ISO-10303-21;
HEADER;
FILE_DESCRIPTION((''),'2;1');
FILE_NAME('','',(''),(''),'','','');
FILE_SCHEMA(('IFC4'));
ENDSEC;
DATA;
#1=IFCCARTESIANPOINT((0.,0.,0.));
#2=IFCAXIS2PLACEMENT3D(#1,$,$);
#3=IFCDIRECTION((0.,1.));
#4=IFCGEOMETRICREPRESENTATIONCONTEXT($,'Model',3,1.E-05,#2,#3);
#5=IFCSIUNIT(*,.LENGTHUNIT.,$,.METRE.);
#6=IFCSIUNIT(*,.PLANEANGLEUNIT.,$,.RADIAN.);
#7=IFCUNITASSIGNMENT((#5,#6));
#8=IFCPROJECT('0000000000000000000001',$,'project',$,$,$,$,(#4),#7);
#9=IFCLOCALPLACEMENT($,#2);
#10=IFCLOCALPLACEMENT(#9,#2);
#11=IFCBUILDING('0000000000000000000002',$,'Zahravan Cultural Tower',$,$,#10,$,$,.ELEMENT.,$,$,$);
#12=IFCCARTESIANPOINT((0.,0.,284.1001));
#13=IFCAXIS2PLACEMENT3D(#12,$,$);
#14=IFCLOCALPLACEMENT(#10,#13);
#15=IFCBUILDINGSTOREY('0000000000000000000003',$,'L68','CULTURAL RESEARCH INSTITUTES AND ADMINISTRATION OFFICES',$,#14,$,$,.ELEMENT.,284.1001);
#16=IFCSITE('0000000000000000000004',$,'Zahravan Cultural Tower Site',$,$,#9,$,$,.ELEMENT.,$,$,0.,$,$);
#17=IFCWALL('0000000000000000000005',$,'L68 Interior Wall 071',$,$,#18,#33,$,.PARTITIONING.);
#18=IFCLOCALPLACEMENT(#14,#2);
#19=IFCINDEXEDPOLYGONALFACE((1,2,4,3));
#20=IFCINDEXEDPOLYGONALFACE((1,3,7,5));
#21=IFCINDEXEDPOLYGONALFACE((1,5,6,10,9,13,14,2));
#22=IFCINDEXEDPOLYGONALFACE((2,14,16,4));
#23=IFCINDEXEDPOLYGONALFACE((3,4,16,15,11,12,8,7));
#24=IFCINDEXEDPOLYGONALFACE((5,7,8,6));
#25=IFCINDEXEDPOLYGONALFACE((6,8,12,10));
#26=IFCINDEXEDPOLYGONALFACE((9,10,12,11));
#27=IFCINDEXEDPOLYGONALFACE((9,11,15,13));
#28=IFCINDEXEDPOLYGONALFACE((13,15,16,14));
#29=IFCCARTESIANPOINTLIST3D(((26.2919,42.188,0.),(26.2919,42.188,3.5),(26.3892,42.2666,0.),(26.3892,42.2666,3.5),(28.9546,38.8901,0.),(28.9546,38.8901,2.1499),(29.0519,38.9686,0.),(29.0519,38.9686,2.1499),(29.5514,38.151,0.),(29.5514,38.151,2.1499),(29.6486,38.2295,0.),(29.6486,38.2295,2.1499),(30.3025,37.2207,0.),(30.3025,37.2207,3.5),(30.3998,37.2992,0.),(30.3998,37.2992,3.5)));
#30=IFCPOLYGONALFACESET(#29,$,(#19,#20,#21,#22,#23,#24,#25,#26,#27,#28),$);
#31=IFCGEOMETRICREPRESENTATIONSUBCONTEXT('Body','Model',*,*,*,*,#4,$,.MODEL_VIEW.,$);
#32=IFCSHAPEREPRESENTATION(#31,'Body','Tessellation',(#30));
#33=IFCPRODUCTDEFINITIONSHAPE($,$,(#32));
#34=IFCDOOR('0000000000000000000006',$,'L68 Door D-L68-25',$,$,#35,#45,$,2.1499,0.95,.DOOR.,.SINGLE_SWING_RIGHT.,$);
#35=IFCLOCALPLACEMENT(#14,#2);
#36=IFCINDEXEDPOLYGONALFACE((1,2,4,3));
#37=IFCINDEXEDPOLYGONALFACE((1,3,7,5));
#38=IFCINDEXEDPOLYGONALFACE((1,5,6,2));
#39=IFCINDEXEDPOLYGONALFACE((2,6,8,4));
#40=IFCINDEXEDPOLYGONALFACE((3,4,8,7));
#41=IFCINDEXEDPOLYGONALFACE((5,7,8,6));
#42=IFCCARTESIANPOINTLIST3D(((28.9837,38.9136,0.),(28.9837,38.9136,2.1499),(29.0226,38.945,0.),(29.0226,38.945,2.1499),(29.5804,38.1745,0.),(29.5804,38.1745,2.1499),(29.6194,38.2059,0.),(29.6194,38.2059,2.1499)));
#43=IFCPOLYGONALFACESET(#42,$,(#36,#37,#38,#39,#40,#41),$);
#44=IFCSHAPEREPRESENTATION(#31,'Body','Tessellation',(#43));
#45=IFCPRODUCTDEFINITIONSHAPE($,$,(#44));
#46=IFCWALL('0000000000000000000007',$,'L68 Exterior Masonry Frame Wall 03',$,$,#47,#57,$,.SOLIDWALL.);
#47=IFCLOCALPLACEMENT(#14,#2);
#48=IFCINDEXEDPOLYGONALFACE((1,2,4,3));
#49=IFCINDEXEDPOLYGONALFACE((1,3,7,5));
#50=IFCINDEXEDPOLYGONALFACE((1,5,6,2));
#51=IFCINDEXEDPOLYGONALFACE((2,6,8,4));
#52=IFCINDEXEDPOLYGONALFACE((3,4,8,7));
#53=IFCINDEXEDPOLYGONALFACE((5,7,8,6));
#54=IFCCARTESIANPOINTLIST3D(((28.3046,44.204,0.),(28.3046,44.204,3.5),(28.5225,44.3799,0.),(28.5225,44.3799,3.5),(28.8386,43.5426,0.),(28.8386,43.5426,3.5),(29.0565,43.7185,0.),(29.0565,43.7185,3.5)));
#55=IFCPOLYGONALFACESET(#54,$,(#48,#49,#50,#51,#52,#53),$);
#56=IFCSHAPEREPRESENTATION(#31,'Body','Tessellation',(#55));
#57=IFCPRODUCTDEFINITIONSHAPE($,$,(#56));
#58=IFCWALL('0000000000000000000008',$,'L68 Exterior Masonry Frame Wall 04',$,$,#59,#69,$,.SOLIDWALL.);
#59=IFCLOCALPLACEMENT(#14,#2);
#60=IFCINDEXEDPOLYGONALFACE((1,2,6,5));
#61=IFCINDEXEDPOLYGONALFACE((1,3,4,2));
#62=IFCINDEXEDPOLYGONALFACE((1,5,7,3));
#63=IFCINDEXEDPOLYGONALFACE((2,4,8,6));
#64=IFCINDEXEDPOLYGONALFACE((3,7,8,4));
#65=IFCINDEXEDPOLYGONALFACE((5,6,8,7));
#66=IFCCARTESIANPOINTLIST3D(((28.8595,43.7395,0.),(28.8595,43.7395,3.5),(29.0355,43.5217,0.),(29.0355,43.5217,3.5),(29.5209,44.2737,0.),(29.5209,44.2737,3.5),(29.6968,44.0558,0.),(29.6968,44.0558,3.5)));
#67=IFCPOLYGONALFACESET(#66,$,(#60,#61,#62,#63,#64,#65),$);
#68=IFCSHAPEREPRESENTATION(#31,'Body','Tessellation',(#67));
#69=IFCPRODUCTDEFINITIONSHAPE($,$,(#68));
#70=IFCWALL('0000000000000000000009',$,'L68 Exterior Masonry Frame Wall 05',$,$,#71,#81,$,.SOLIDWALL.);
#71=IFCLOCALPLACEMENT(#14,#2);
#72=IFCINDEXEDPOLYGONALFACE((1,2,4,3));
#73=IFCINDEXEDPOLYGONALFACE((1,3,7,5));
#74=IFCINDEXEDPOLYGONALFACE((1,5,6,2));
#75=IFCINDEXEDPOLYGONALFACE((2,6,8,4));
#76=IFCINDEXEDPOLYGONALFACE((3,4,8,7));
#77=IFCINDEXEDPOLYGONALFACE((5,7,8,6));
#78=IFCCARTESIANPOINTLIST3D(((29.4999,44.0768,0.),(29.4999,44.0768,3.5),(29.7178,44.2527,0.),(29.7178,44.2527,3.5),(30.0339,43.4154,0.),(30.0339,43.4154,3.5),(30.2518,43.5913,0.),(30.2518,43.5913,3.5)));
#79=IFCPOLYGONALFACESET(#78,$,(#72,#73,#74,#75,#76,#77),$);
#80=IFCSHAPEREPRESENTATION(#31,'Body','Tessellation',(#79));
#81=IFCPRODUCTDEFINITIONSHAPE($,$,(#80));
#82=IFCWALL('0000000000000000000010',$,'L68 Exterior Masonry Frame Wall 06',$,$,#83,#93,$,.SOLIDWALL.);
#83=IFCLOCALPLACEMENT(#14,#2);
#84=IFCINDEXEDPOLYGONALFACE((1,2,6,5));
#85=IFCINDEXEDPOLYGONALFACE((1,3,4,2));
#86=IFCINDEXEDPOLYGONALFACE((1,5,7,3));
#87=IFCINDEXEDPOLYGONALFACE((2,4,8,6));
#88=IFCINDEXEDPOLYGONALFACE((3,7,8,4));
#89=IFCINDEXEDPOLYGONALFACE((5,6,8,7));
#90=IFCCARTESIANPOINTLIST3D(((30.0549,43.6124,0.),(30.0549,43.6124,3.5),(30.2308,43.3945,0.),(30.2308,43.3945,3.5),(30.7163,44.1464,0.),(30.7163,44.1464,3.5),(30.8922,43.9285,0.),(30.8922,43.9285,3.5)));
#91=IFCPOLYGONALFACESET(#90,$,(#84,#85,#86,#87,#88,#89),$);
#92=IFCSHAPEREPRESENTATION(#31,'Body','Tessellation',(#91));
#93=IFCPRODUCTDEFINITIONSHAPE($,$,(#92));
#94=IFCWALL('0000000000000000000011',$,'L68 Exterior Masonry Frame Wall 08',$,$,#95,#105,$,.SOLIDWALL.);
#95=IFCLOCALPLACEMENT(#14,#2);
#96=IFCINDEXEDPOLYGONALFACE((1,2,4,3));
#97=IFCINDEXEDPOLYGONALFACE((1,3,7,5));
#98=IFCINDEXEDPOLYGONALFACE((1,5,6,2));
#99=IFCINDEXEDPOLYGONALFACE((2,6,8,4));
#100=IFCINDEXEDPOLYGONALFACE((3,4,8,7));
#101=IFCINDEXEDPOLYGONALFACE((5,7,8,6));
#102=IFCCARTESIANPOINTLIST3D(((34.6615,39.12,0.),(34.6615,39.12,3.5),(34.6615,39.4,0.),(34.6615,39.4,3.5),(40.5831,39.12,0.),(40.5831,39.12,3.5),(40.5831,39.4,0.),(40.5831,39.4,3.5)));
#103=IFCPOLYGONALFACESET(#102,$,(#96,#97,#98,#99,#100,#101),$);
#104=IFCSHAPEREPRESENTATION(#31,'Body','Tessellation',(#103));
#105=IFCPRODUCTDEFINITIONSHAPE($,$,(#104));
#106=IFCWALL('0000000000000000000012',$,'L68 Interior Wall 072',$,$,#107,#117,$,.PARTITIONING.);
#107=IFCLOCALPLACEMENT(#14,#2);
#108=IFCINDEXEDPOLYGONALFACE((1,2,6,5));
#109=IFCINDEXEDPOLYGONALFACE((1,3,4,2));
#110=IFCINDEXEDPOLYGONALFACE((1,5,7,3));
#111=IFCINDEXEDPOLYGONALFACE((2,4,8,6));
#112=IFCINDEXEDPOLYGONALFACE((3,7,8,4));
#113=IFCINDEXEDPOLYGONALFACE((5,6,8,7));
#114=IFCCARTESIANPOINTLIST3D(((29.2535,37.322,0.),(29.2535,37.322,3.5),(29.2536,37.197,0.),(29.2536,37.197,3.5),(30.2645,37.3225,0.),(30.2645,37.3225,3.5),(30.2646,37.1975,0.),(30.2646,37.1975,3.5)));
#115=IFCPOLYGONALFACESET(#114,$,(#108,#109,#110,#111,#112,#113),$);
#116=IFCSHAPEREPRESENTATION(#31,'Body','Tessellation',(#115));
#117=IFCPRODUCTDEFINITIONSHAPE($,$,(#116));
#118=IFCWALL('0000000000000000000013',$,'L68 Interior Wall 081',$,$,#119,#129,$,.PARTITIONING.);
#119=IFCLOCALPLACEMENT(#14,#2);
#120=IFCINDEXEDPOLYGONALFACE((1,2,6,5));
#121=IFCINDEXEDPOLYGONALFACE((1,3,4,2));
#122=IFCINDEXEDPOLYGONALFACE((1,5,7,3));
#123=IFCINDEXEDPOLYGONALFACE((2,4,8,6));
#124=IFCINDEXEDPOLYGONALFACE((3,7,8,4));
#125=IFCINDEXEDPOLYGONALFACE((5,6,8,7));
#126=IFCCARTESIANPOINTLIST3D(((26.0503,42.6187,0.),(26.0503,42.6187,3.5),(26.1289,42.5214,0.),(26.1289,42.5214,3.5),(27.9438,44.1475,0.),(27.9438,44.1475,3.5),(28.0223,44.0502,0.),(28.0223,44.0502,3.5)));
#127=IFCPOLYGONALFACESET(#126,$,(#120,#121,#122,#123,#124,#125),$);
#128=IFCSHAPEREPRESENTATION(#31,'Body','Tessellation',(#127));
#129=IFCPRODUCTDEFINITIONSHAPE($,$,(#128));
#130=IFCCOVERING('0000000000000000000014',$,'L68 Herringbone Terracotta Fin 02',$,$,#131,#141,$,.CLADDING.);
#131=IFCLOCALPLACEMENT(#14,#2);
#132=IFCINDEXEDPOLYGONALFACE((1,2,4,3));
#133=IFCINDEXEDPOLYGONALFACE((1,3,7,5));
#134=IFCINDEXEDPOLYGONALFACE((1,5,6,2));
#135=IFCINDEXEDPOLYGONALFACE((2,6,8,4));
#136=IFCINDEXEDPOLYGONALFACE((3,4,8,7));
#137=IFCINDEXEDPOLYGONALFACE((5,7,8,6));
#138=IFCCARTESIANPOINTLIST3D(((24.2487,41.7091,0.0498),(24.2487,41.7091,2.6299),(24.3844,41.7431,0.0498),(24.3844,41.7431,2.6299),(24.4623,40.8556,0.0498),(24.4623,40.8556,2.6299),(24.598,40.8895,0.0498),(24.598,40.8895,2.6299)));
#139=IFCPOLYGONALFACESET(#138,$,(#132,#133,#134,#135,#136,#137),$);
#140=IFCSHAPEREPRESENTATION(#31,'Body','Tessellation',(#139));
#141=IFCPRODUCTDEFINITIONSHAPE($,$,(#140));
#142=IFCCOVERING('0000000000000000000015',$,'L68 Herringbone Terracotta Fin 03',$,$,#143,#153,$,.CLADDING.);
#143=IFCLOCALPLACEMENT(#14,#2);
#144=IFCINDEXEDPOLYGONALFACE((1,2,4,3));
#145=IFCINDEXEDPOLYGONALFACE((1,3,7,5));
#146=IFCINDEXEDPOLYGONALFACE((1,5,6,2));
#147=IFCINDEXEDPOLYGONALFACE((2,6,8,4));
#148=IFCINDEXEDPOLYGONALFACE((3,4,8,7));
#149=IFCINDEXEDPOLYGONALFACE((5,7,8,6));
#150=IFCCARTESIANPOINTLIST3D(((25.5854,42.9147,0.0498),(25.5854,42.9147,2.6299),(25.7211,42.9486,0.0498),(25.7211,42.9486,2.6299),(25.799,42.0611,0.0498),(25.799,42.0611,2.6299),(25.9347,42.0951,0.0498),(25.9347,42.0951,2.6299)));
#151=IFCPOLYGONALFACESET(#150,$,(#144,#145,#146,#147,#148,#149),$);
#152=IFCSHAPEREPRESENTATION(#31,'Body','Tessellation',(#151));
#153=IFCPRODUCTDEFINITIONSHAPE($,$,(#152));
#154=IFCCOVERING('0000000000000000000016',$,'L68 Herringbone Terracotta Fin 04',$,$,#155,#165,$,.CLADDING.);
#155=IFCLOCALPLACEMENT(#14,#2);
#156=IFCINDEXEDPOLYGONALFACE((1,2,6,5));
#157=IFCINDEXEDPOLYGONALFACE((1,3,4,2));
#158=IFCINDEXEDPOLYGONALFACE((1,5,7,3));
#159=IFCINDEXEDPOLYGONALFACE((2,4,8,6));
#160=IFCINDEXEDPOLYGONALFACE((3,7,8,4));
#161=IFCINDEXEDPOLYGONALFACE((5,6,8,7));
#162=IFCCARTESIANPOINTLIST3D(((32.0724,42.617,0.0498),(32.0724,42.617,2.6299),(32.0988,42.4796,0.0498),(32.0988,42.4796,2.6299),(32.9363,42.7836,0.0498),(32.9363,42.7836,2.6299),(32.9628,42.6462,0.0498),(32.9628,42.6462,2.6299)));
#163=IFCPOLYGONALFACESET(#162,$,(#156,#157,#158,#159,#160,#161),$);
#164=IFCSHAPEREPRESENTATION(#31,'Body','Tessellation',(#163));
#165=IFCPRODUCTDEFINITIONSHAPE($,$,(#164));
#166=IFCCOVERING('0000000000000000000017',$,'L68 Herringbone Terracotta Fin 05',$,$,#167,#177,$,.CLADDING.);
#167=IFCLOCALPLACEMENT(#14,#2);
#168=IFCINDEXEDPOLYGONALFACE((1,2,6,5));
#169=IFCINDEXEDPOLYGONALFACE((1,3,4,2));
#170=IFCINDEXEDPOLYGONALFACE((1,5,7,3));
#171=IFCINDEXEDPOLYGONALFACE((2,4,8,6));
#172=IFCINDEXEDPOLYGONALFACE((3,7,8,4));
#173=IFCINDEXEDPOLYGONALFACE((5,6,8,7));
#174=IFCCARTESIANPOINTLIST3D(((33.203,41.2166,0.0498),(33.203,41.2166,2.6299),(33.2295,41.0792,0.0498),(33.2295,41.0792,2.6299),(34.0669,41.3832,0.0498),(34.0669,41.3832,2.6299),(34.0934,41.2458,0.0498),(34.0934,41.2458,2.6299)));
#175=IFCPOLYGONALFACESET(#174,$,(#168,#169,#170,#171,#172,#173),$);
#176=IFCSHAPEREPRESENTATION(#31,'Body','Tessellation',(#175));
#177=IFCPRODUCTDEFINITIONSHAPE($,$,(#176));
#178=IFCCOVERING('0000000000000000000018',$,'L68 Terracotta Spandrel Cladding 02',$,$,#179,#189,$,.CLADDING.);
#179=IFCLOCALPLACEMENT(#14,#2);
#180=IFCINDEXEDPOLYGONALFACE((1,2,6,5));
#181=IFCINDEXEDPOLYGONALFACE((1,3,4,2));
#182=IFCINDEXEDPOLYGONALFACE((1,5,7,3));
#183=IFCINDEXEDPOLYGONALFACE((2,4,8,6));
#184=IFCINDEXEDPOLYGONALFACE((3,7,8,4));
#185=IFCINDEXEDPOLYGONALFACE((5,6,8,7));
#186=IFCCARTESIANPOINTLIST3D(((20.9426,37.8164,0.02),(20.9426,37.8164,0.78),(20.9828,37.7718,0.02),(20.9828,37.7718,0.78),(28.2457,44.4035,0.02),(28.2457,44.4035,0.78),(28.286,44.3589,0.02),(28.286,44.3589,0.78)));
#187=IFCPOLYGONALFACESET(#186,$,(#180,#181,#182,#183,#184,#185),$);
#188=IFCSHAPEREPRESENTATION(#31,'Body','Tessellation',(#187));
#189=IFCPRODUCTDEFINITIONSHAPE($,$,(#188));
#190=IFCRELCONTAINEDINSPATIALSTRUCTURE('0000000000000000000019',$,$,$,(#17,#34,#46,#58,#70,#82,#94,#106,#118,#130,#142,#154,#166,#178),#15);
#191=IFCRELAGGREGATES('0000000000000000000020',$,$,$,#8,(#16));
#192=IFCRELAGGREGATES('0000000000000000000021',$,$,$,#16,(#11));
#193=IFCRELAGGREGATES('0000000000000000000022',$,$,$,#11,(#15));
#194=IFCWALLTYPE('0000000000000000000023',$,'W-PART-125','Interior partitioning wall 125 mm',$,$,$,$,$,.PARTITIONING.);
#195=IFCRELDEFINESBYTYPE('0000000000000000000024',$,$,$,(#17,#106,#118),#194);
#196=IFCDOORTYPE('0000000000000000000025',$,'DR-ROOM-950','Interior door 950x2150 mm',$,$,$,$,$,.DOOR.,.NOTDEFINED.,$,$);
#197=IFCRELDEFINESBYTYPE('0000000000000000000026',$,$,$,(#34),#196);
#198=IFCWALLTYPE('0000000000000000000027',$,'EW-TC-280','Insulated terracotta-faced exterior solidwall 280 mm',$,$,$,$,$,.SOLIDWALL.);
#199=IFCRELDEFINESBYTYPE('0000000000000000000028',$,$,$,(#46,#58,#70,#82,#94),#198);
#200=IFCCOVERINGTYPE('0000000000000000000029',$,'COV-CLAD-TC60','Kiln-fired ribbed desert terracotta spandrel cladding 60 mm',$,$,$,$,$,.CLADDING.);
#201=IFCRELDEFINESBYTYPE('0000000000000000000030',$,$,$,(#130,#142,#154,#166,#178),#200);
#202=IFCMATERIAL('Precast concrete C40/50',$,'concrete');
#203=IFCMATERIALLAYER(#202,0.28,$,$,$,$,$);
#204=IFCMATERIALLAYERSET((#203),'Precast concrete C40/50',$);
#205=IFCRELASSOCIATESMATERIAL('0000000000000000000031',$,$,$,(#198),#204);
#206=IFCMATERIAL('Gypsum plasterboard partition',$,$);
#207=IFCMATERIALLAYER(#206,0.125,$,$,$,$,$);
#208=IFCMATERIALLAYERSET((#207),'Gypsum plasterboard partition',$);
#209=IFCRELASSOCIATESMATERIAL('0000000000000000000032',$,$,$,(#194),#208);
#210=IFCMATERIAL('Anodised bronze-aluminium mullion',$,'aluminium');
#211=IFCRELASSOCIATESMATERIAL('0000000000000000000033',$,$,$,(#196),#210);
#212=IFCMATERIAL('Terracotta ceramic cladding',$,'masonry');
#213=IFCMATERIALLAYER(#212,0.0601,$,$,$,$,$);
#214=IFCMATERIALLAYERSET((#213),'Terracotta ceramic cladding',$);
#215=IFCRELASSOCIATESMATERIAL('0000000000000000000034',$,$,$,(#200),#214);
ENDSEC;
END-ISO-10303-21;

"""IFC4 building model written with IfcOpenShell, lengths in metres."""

from ifc_helpers import new_model, si_unit, direction, frame, frame_2d, origin, origin_2d, place, context, subcontext, project, spatial, rectangle, extrude, source, transform, mapped, material, layer, layer_set, type_object, element, fill, save


model = new_model("IFC4")

# Units and contexts
model_context = context("Model", 3, precision=1e-05, world=origin(), true_north=direction((0.0, 1.0)))
body_context = subcontext(model_context, "Body", "Model", "MODEL_VIEW")
ifc_project = project(units=[si_unit("LENGTHUNIT", "METRE"), si_unit("PLANEANGLEUNIT", "RADIAN")], contexts=[model_context])

# Site, building, storey
site_placement = place(None, origin())
site = spatial("IfcSite", under=ifc_project, at=site_placement, Name="Zahravan Cultural Tower Site", CompositionType="ELEMENT", RefElevation=0.0)
building_placement = place(site_placement, origin())
building = spatial("IfcBuilding", under=site, at=building_placement, Name="Zahravan Cultural Tower", CompositionType="ELEMENT")
storey_placement = place(building_placement, frame((0.0, 0.0, 284.1001)))
storey = spatial("IfcBuildingStorey", under=building, at=storey_placement, Name="L68", Description="CULTURAL RESEARCH INSTITUTES AND ADMINISTRATION OFFICES", CompositionType="ELEMENT", Elevation=284.1001)

# Shared definitions
ifc_material_1 = material(Name="Precast concrete C40/50", Category="concrete")
ifc_layer_1 = layer(ifc_material_1, 0.28)
ifc_layer_set_1 = layer_set([ifc_layer_1], Name="Precast concrete C40/50")
wall_type_1 = type_object("IfcWallType", Name="EW-TC-280", Description="Insulated terracotta-faced exterior solidwall 280 mm", PredefinedType="SOLIDWALL", material=ifc_layer_set_1)

# Wall, opening, door
ifc_material_2 = material(Name="Gypsum plasterboard partition")
ifc_layer_2 = layer(ifc_material_2, 0.125)
ifc_layer_set_2 = layer_set([ifc_layer_2], Name="Gypsum plasterboard partition")
wall_type_2 = type_object("IfcWallType", Name="W-PART-125", Description="Interior partitioning wall 125 mm", PredefinedType="PARTITIONING", material=ifc_layer_set_2)
wall_1_placement = place(storey_placement, frame((26.3406, 42.2273, 0.0), z_axis=(0.0, 0.0, 1.0), x_axis=(0.628191, -0.778059, 0.0)))
wall_1 = element("IfcWall", 1, at=wall_1_placement, inside=storey, type_object=wall_type_2, Name="L68 Interior Wall 071", PredefinedType="PARTITIONING", context=body_context, shape_type="SweptSolid", body=[
    extrude(rectangle(XDim=6.3843, YDim=0.125, at=frame_2d((3.1921, 0.0))), origin(), (0.0, 0.0, 1.0), 3.5),
])
opening_1_placement = place(wall_1_placement, frame((4.2385, 0.0, 0.0)))
opening_1 = element("IfcOpeningElement", 2, at=opening_1_placement, cuts=wall_1, PredefinedType="OPENING", context=body_context, shape_type="SweptSolid", body=[
    extrude(rectangle(XDim=0.95, YDim=2.1499, at=frame_2d((0.4751, 1.075))), frame((0.0, 0.0725, 0.0), z_axis=(0.0, -1.0, 0.0), x_axis=(1.0, 0.0, 0.0)), (0.0, 0.0, 1.0), 0.145),
])
ifc_material_3 = material(Name="Anodised bronze-aluminium mullion", Category="aluminium")
door_type = type_object("IfcDoorType", Name="DR-ROOM-950", Description="Interior door 950x2150 mm", OperationType="NOTDEFINED", PredefinedType="DOOR", material=ifc_material_3)
shared_shape_1 = source(origin(), body_context, "Body", "SweptSolid", [
    extrude(rectangle(XDim=0.95, YDim=2.1499, at=frame_2d((0.4751, 1.075))), frame((0.0, 0.0249, 0.0), z_axis=(0.0, -1.0, 0.0), x_axis=(1.0, 0.0, 0.0)), (0.0, 0.0, 1.0), 0.05),
])
door_placement = place(opening_1_placement, origin())
door = element("IfcDoor", 3, at=door_placement, inside=storey, type_object=door_type, Name="L68 Door D-L68-25", OperationType="SINGLE_SWING_RIGHT", OverallHeight=2.1499, OverallWidth=0.95, PredefinedType="DOOR", context=body_context, shape_type="MappedRepresentation", body=[
    mapped(shared_shape_1, transform((0.0, 0.0, 0.0), x_axis=(1.0, 0.0, 0.0), y_axis=(0.0, 1.0, 0.0), z_axis=(0.0, 0.0, 1.0), scale=1.0)),
])
fill(opening_1, door)

# Walls
shared_shape_2 = source(origin(), body_context, "Body", "SweptSolid", [
    extrude(rectangle(XDim=0.8501, YDim=0.28, at=frame_2d((0.425, 0.0))), origin(), (0.0, 0.0, 1.0), 3.5),
])
for number, where, z_axis, x_axis, name in (
    (4, (28.4136, 44.292, 0.0), (0.0, 0.0, 1.0), (0.628157, -0.778087, 0.0), "L68 Exterior Masonry Frame Wall 03"),
    (5, (28.9475, 43.6306, 0.0), (0.0, 0.0, 1.0), (0.777947, 0.62833, 0.0), "L68 Exterior Masonry Frame Wall 04"),
    (6, (29.6089, 44.1648, 0.0), (0.0, 0.0, 1.0), (0.628157, -0.778087, 0.0), "L68 Exterior Masonry Frame Wall 05"),
    (7, (30.1428, 43.5034, 0.0), (0.0, 0.0, 1.0), (0.778087, 0.628157, 0.0), "L68 Exterior Masonry Frame Wall 06"),
):
    element("IfcWall", number, at=place(storey_placement, frame(where, z_axis=z_axis, x_axis=x_axis)), inside=storey, type_object=wall_type_1, Name=name, PredefinedType="SOLIDWALL", context=body_context, shape_type="MappedRepresentation", body=[
        mapped(shared_shape_2, transform((0.0, 0.0, 0.0), x_axis=(1.0, 0.0, 0.0), y_axis=(0.0, 1.0, 0.0), z_axis=(0.0, 0.0, 1.0), scale=1.0)),
    ])
shared_shape_3 = source(origin(), body_context, "Body", "SweptSolid", [
    extrude(rectangle(XDim=5.9216, YDim=0.28, at=frame_2d((2.9609, 0.0))), origin(), (0.0, 0.0, 1.0), 3.5),
])
wall_2_placement = place(storey_placement, frame((34.6614, 39.26, 0.0), z_axis=(0.0, 0.0, 1.0), x_axis=(1.0, 0.0, 0.0)))
element("IfcWall", 8, at=wall_2_placement, inside=storey, type_object=wall_type_1, Name="L68 Exterior Masonry Frame Wall 08", PredefinedType="SOLIDWALL", context=body_context, shape_type="MappedRepresentation", body=[
    mapped(shared_shape_3, transform((0.0, 0.0, 0.0), x_axis=(1.0, 0.0, 0.0), y_axis=(0.0, 1.0, 0.0), z_axis=(0.0, 0.0, 1.0), scale=1.0)),
])
shared_shape_4 = source(origin(), body_context, "Body", "SweptSolid", [
    extrude(rectangle(XDim=1.011, YDim=0.125, at=frame_2d((0.5054, 0.0))), origin(), (0.0, 0.0, 1.0), 3.5),
])
wall_3_placement = place(storey_placement, frame((30.2644, 37.26, 0.0), z_axis=(0.0, 0.0, 1.0), x_axis=(-1.0, -0.000483, 0.0)))
element("IfcWall", 9, at=wall_3_placement, inside=storey, type_object=wall_type_2, Name="L68 Interior Wall 072", PredefinedType="PARTITIONING", context=body_context, shape_type="MappedRepresentation", body=[
    mapped(shared_shape_4, transform((0.0, 0.0, 0.0), x_axis=(1.0, 0.0, 0.0), y_axis=(0.0, 1.0, 0.0), z_axis=(0.0, 0.0, 1.0), scale=1.0)),
])
shared_shape_5 = source(origin(), body_context, "Body", "SweptSolid", [
    extrude(rectangle(XDim=2.4336, YDim=0.125, at=frame_2d((1.2168, 0.0))), origin(), (0.0, 0.0, 1.0), 3.5),
])
wall_4_placement = place(storey_placement, frame((26.0896, 42.5701, 0.0), z_axis=(0.0, 0.0, 1.0), x_axis=(0.778062, 0.628188, 0.0)))
element("IfcWall", 10, at=wall_4_placement, inside=storey, type_object=wall_type_2, Name="L68 Interior Wall 081", PredefinedType="PARTITIONING", context=body_context, shape_type="MappedRepresentation", body=[
    mapped(shared_shape_5, transform((0.0, 0.0, 0.0), x_axis=(1.0, 0.0, 0.0), y_axis=(0.0, 1.0, 0.0), z_axis=(0.0, 0.0, 1.0), scale=1.0)),
])

# Coverings
ifc_material_4 = material(Name="Terracotta ceramic cladding", Category="masonry")
ifc_layer_3 = layer(ifc_material_4, 0.0601)
ifc_layer_set_3 = layer_set([ifc_layer_3], Name="Terracotta ceramic cladding")
covering_type = type_object("IfcCoveringType", Name="COV-CLAD-TC60", Description="Kiln-fired ribbed desert terracotta spandrel cladding 60 mm", PredefinedType="CLADDING", material=ifc_layer_set_3)
shared_shape_6 = source(origin(), body_context, "Body", "SweptSolid", [
    extrude(rectangle(XDim=0.8799, YDim=0.1399, at=origin_2d()), origin(), (0.0, 0.0, 1.0), 2.5801),
])
for number, where, z_axis, x_axis, name in (
    (11, (24.4233, 41.2993, 0.0498), (0.0, 0.0, 1.0), (-0.242752, 0.970088, 0.0), "L68 Herringbone Terracotta Fin 02"),
    (12, (25.76, 42.5049, 0.0498), (0.0, 0.0, 1.0), (-0.242752, 0.970088, 0.0), "L68 Herringbone Terracotta Fin 03"),
    (13, (32.5176, 42.6316, 0.0498), (0.0, 0.0, 1.0), (0.981903, 0.189387, 0.0), "L68 Herringbone Terracotta Fin 04"),
    (14, (33.6482, 41.2312, 0.0498), (0.0, 0.0, 1.0), (0.981903, 0.189387, 0.0), "L68 Herringbone Terracotta Fin 05"),
):
    element("IfcCovering", number, at=place(storey_placement, frame(where, z_axis=z_axis, x_axis=x_axis)), inside=storey, type_object=covering_type, Name=name, PredefinedType="CLADDING", context=body_context, shape_type="MappedRepresentation", body=[
        mapped(shared_shape_6, transform((0.0, 0.0, 0.0), x_axis=(1.0, 0.0, 0.0), y_axis=(0.0, 1.0, 0.0), z_axis=(0.0, 0.0, 1.0), scale=1.0)),
    ])
shared_shape_7 = source(origin(), body_context, "Body", "SweptSolid", [
    extrude(rectangle(XDim=9.835, YDim=0.0601, at=origin_2d()), origin(), (0.0, 0.0, 1.0), 0.76),
])
covering_1_placement = place(storey_placement, frame((24.6143, 41.0876, 0.02), z_axis=(0.0, 0.0, 1.0), x_axis=(0.742572, 0.669766, 0.0)))
element("IfcCovering", 15, at=covering_1_placement, inside=storey, type_object=covering_type, Name="L68 Terracotta Spandrel Cladding 02", PredefinedType="CLADDING", context=body_context, shape_type="MappedRepresentation", body=[
    mapped(shared_shape_7, transform((0.0, 0.0, 0.0), x_axis=(1.0, 0.0, 0.0), y_axis=(0.0, 1.0, 0.0), z_axis=(0.0, 0.0, 1.0), scale=1.0)),
])

save(model, "model.ifc")
